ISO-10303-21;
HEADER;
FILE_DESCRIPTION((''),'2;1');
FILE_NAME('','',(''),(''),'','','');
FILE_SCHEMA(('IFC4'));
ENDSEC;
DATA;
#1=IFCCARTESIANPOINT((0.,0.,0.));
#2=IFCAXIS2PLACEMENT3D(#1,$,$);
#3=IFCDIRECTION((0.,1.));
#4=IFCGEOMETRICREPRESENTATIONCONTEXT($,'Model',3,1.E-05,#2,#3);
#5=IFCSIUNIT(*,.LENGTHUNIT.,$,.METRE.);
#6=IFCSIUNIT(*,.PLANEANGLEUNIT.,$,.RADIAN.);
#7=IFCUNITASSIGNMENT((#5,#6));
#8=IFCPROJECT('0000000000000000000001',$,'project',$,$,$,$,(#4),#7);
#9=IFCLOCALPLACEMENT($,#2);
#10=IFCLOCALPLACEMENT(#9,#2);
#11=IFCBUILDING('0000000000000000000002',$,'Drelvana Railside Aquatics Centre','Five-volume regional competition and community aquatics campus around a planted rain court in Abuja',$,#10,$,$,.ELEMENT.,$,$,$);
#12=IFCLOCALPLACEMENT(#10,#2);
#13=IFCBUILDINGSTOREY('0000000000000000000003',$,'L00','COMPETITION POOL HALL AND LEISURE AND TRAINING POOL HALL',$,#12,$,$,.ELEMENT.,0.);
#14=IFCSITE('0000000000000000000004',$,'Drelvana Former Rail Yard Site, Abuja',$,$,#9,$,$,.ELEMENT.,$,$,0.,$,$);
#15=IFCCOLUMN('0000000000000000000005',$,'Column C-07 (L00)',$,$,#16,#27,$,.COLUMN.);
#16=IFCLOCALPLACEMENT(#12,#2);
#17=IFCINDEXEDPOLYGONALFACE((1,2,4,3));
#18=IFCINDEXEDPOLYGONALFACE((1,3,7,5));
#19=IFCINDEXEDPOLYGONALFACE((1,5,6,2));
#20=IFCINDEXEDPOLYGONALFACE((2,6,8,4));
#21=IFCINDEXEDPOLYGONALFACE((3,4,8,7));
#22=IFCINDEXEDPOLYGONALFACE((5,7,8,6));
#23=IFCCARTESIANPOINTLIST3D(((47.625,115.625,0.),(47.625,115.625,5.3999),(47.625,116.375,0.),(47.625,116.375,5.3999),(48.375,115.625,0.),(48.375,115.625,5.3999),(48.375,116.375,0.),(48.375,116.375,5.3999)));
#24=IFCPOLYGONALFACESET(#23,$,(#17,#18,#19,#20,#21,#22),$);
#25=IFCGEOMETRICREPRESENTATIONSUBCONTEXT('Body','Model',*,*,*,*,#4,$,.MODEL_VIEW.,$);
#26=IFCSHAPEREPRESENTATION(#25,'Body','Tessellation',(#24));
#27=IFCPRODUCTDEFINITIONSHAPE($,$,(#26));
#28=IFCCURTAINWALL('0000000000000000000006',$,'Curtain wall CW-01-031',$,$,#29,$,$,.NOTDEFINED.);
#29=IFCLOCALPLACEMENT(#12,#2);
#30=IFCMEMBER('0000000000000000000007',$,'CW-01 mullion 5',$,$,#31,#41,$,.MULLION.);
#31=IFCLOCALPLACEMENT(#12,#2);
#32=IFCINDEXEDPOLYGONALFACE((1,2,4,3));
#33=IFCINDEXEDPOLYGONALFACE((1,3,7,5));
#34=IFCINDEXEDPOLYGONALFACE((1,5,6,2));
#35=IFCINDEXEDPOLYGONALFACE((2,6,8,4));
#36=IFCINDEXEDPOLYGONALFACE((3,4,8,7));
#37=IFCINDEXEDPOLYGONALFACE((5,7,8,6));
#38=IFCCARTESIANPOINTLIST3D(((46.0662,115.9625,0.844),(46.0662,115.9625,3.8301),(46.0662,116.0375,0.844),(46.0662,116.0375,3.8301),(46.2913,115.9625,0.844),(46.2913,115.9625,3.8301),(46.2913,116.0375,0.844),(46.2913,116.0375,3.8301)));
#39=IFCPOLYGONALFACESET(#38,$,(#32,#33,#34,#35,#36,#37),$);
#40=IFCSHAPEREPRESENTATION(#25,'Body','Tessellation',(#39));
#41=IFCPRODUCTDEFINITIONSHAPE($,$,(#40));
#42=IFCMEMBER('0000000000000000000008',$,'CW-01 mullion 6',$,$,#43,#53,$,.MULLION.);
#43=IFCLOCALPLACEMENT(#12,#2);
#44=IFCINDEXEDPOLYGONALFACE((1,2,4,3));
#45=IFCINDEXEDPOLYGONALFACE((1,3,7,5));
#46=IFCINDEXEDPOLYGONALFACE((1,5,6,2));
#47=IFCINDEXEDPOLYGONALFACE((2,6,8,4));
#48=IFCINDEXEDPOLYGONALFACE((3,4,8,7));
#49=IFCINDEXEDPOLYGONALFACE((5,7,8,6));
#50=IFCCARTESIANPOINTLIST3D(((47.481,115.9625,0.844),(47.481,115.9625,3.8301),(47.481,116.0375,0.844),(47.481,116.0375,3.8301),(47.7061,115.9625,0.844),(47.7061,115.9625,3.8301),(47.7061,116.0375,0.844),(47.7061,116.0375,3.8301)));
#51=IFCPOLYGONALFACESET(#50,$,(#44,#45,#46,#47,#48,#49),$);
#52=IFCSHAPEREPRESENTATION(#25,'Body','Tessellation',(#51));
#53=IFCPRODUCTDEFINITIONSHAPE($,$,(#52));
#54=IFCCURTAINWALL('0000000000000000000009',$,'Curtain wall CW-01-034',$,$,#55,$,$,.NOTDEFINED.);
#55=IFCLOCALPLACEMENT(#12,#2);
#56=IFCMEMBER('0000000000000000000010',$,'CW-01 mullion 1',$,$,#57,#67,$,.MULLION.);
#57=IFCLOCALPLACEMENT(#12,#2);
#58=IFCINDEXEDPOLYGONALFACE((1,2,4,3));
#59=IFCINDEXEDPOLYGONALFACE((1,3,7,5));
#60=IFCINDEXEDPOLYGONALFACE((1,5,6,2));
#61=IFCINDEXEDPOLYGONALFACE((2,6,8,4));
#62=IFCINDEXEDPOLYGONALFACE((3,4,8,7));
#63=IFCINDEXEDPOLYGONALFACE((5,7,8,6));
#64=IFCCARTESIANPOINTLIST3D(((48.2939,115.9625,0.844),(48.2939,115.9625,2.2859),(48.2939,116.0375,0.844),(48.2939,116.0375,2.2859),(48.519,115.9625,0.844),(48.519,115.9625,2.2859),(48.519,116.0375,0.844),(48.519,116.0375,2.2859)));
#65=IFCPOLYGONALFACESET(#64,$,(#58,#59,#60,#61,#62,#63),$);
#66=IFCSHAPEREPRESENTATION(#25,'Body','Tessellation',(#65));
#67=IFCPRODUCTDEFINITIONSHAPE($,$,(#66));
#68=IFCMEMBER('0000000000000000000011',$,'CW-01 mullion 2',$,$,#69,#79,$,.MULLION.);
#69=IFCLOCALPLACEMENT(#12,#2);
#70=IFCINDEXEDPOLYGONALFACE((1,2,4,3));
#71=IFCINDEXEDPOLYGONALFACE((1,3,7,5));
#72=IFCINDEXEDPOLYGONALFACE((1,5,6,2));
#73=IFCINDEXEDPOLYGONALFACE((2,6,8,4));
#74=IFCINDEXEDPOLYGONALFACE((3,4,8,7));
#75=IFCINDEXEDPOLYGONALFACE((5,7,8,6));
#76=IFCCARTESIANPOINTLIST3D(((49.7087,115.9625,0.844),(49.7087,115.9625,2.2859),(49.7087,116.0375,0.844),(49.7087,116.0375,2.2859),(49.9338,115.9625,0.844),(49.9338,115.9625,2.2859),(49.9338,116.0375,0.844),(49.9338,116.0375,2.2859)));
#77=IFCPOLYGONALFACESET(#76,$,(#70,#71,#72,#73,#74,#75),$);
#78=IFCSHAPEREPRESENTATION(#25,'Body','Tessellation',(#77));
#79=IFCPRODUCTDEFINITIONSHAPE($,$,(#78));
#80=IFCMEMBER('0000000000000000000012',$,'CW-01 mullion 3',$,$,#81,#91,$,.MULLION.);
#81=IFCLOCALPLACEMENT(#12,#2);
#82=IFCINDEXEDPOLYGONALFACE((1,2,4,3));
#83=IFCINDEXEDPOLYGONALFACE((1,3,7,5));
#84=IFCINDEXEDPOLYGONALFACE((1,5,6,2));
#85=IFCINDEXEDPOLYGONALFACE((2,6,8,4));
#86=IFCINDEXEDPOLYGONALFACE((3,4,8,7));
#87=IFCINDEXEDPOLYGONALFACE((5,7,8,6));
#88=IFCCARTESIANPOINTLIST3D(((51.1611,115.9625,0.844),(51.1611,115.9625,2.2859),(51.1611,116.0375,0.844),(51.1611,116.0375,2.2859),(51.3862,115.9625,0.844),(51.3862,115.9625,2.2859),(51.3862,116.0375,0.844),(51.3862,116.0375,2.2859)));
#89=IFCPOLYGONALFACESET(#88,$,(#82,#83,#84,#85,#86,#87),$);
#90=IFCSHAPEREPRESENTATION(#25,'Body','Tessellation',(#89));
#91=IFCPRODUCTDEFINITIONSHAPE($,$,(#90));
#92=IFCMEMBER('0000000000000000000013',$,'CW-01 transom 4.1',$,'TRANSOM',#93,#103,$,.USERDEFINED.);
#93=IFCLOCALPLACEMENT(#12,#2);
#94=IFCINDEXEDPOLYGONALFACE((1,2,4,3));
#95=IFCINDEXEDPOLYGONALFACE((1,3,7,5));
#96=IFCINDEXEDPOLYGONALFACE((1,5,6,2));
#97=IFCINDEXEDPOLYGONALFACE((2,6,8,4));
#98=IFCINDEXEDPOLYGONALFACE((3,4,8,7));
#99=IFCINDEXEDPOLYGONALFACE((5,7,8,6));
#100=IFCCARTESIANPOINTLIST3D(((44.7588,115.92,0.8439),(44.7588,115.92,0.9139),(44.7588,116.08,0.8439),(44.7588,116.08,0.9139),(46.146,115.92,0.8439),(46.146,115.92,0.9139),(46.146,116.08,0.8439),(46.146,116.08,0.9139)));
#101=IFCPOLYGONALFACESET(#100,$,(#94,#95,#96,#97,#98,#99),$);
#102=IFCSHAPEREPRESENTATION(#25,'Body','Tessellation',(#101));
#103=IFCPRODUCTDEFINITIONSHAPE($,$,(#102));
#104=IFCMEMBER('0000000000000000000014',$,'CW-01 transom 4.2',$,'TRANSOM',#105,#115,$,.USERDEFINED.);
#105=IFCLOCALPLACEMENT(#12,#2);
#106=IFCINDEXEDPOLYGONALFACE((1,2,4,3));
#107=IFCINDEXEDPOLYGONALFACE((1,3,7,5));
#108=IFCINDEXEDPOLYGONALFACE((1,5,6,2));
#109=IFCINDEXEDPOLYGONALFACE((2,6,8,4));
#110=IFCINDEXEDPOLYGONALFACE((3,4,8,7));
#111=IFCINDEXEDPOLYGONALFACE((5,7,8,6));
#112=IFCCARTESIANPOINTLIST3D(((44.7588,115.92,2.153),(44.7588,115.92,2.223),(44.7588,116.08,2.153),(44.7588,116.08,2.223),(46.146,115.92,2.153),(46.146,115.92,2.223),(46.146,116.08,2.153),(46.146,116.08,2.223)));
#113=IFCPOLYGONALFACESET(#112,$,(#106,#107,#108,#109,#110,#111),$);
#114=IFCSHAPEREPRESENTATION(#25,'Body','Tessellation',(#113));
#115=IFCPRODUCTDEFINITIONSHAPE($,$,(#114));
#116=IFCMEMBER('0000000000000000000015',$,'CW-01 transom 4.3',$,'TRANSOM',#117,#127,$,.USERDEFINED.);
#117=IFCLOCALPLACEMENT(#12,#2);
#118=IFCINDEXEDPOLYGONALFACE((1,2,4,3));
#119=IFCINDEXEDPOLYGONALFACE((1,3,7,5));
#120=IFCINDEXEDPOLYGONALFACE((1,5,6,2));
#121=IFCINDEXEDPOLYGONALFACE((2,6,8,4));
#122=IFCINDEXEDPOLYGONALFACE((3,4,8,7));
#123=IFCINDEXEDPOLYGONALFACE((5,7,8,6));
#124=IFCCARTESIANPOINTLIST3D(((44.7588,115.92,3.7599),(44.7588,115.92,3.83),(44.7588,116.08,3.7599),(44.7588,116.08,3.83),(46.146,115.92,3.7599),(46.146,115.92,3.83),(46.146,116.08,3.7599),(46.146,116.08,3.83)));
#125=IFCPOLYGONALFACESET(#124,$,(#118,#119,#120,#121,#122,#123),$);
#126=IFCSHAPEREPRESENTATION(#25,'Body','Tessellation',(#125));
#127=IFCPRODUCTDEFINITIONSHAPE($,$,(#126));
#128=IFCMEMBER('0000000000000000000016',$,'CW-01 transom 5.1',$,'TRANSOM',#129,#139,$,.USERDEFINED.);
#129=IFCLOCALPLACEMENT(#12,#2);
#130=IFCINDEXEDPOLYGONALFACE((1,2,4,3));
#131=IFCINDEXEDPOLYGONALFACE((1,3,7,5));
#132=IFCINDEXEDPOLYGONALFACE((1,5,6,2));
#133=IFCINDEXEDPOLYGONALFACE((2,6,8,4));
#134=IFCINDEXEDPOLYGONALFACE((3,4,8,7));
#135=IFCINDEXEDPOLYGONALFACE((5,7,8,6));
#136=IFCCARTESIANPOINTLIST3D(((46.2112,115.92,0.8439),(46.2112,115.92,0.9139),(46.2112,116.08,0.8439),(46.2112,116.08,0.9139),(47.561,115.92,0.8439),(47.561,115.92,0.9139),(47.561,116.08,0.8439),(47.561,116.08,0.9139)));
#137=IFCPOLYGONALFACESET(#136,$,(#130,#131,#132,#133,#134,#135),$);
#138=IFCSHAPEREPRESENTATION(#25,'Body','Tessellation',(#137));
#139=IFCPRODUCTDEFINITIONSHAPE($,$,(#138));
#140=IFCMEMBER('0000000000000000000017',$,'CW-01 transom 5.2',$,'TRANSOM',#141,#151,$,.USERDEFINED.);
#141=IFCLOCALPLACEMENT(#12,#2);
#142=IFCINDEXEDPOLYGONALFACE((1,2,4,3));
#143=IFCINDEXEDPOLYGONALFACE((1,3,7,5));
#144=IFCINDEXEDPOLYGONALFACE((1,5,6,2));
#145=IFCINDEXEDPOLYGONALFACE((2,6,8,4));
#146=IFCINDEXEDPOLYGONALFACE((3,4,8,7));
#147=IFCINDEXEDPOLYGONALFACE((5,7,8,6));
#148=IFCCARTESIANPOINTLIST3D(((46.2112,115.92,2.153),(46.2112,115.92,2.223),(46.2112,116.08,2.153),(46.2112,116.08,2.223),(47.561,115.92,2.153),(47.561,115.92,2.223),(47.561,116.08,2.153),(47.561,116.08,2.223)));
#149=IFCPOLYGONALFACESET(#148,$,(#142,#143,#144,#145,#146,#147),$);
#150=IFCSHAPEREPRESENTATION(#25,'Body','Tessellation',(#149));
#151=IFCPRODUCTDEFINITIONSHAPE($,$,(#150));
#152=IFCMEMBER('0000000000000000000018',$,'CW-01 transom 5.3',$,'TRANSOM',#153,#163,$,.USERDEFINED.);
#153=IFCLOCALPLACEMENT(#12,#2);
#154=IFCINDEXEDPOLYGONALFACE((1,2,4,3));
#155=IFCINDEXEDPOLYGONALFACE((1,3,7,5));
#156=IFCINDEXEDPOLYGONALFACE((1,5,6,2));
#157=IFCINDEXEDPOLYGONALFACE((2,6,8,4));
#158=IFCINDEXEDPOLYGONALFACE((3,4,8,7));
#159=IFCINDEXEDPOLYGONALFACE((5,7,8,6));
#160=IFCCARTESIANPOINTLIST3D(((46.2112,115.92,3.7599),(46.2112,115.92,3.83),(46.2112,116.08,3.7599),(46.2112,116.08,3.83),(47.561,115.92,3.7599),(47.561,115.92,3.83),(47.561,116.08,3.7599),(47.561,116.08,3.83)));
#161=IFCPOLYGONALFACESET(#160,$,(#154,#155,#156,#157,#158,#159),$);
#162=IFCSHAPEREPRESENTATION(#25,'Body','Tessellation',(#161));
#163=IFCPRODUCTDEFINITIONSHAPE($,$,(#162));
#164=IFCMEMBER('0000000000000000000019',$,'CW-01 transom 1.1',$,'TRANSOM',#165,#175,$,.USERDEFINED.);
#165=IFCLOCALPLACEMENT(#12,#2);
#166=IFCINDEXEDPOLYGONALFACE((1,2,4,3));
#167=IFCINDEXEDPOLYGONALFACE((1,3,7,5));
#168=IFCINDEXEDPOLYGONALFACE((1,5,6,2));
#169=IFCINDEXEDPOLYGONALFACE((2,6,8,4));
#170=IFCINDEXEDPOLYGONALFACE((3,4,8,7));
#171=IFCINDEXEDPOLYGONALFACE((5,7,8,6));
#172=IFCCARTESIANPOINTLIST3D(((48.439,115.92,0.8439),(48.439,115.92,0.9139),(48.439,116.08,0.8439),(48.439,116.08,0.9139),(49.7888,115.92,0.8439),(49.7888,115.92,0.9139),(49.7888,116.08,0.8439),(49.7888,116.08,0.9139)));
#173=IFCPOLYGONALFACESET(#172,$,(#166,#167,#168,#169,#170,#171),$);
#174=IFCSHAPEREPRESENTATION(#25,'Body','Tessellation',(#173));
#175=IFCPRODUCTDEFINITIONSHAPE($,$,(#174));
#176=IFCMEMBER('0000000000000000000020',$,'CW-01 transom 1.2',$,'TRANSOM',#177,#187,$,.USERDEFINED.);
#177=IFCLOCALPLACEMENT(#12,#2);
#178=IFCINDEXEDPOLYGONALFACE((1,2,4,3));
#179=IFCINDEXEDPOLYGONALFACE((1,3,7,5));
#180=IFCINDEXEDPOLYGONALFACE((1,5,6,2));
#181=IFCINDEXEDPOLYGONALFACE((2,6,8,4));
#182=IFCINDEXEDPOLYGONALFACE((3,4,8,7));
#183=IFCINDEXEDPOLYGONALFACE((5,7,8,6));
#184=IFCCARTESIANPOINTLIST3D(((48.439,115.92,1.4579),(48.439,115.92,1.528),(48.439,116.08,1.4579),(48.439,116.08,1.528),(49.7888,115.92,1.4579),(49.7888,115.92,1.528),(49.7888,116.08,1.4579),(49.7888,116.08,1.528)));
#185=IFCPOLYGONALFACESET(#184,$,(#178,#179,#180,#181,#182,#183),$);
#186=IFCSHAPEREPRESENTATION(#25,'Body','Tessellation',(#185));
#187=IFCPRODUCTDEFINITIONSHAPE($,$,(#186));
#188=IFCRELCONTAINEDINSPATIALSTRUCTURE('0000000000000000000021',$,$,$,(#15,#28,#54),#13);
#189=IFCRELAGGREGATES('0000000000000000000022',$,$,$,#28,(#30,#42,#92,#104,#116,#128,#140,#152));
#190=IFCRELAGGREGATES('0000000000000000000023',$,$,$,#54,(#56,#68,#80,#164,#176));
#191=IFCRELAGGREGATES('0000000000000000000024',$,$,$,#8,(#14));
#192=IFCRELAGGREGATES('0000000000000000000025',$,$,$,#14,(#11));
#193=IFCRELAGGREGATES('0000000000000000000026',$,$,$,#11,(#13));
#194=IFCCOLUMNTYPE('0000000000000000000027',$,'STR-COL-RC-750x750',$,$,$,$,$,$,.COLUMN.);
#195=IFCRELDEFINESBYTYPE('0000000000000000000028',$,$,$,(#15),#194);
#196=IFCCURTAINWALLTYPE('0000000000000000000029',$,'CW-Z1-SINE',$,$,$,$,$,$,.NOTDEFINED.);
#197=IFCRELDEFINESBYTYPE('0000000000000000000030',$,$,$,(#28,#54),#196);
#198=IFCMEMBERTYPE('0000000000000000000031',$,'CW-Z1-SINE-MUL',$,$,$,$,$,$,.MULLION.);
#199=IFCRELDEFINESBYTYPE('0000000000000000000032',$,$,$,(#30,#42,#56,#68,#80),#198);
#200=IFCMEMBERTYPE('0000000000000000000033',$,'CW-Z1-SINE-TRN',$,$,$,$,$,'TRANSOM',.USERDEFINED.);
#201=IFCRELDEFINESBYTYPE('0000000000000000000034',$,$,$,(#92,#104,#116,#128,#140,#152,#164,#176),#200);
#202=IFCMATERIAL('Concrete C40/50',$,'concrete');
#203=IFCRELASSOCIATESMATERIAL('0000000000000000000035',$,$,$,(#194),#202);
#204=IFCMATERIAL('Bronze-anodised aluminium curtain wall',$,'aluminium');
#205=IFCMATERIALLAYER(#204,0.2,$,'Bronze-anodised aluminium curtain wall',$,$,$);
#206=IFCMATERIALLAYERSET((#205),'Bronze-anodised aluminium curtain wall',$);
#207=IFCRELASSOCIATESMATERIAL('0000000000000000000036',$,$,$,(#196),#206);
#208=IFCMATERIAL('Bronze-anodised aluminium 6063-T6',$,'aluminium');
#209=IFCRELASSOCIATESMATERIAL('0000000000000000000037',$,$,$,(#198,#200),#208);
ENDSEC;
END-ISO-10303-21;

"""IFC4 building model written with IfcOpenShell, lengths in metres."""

from ifc_helpers import new_model, si_unit, direction, frame, origin, origin_2d, place, context, subcontext, project, spatial, rectangle, extrude, material, layer, layer_set, material_profile, profile_set, type_object, element, aggregate, save


model = new_model("IFC4")

# Units and contexts
model_context = context("Model", 3, precision=1e-05, world=origin(), true_north=direction((0.0, 1.0)))
body_context = subcontext(model_context, "Body", "Model", "MODEL_VIEW")
ifc_project = project(units=[si_unit("LENGTHUNIT", "METRE"), si_unit("PLANEANGLEUNIT", "RADIAN")], contexts=[model_context])

# Site, building, storey
site_placement = place(None, origin())
site = spatial("IfcSite", under=ifc_project, at=site_placement, Name="Drelvana Former Rail Yard Site, Abuja", CompositionType="ELEMENT", RefElevation=0.0)
building_placement = place(site_placement, origin())
building = spatial("IfcBuilding", under=site, at=building_placement, Name="Drelvana Railside Aquatics Centre", Description="Five-volume regional competition and community aquatics campus around a planted rain court in Abuja", CompositionType="ELEMENT")
storey_placement = place(building_placement, origin())
storey = spatial("IfcBuildingStorey", under=building, at=storey_placement, Name="L00", Description="COMPETITION POOL HALL AND LEISURE AND TRAINING POOL HALL", CompositionType="ELEMENT", Elevation=0.0)

# Column
ifc_material_1 = material(Name="Concrete C40/50", Category="concrete")
ifc_material_profile_1 = material_profile(ifc_material_1, rectangle(XDim=0.75, YDim=0.75, at=origin_2d()), Name="RC 750x750")
ifc_profile_set_1 = profile_set([ifc_material_profile_1], Name="Concrete C40/50")
column_type = type_object("IfcColumnType", Name="STR-COL-RC-750x750", PredefinedType="COLUMN", material=ifc_profile_set_1)
column_placement = place(storey_placement, frame((48.0, 116.0, 0.0), z_axis=(0.0, 0.0, 1.0), x_axis=(1.0, 0.0, 0.0)))
element("IfcColumn", 1, at=column_placement, inside=storey, type_object=column_type, Name="Column C-07 (L00)", PredefinedType="COLUMN", context=body_context, shape_type="SweptSolid", body=[
    extrude(rectangle(XDim=0.75, YDim=0.75, at=origin_2d()), origin(), (0.0, 0.0, 1.0), 5.3999),
])

# Curtain walls, members
ifc_material_2 = material(Name="Bronze-anodised aluminium curtain wall", Category="aluminium")
ifc_layer_1 = layer(ifc_material_2, 0.2, Name="Bronze-anodised aluminium curtain wall")
ifc_layer_set_1 = layer_set([ifc_layer_1], Name="Bronze-anodised aluminium curtain wall")
curtain_wall_type = type_object("IfcCurtainWallType", Name="CW-Z1-SINE", PredefinedType="NOTDEFINED", material=ifc_layer_set_1)
curtain_wall_1_placement = place(storey_placement, origin())
curtain_wall_1 = element("IfcCurtainWall", 2, at=curtain_wall_1_placement, inside=storey, type_object=curtain_wall_type, Name="Curtain wall CW-01-031", PredefinedType="NOTDEFINED")
ifc_material_3 = material(Name="Bronze-anodised aluminium 6063-T6", Category="aluminium")
ifc_material_profile_2 = material_profile(ifc_material_3, rectangle(XDim=0.075, YDim=0.2251, at=origin_2d()), Name="ALU-M 75x225")
ifc_profile_set_2 = profile_set([ifc_material_profile_2], Name="Bronze-anodised aluminium 6063-T6")
member_type_1 = type_object("IfcMemberType", Name="CW-Z1-SINE-MUL", PredefinedType="MULLION", material=ifc_profile_set_2)
member_1_placement = place(storey_placement, frame((46.1787, 116.0, 0.844), z_axis=(0.0, 0.0, 1.0), x_axis=(0.0, 1.0, 0.0)))
member_1 = element("IfcMember", 3, at=member_1_placement, type_object=member_type_1, Name="CW-01 mullion 5", PredefinedType="MULLION", context=body_context, shape_type="SweptSolid", body=[
    extrude(rectangle(XDim=0.075, YDim=0.2251, at=origin_2d()), origin(), (0.0, 0.0, 1.0), 2.9861),
])
member_2_placement = place(storey_placement, frame((47.5935, 116.0, 0.844), z_axis=(0.0, 0.0, 1.0), x_axis=(0.0, 1.0, 0.0)))
member_2 = element("IfcMember", 4, at=member_2_placement, type_object=member_type_1, Name="CW-01 mullion 6", PredefinedType="MULLION", context=body_context, shape_type="SweptSolid", body=[
    extrude(rectangle(XDim=0.075, YDim=0.2251, at=origin_2d()), origin(), (0.0, 0.0, 1.0), 2.9861),
])
curtain_wall_2_placement = place(storey_placement, origin())
curtain_wall_2 = element("IfcCurtainWall", 5, at=curtain_wall_2_placement, inside=storey, type_object=curtain_wall_type, Name="Curtain wall CW-01-034", PredefinedType="NOTDEFINED")
member_3_placement = place(storey_placement, frame((48.4065, 116.0, 0.844), z_axis=(0.0, 0.0, 1.0), x_axis=(0.0, 1.0, 0.0)))
member_3 = element("IfcMember", 6, at=member_3_placement, type_object=member_type_1, Name="CW-01 mullion 1", PredefinedType="MULLION", context=body_context, shape_type="SweptSolid", body=[
    extrude(rectangle(XDim=0.075, YDim=0.2251, at=origin_2d()), origin(), (0.0, 0.0, 1.0), 1.4419),
])
member_4_placement = place(storey_placement, frame((49.8213, 116.0, 0.844), z_axis=(0.0, 0.0, 1.0), x_axis=(0.0, 1.0, 0.0)))
member_4 = element("IfcMember", 7, at=member_4_placement, type_object=member_type_1, Name="CW-01 mullion 2", PredefinedType="MULLION", context=body_context, shape_type="SweptSolid", body=[
    extrude(rectangle(XDim=0.075, YDim=0.2251, at=origin_2d()), origin(), (0.0, 0.0, 1.0), 1.4419),
])
member_5_placement = place(storey_placement, frame((51.2737, 116.0, 0.844), z_axis=(0.0, 0.0, 1.0), x_axis=(0.0, 1.0, 0.0)))
member_5 = element("IfcMember", 8, at=member_5_placement, type_object=member_type_1, Name="CW-01 mullion 3", PredefinedType="MULLION", context=body_context, shape_type="SweptSolid", body=[
    extrude(rectangle(XDim=0.075, YDim=0.2251, at=origin_2d()), origin(), (0.0, 0.0, 1.0), 1.4419),
])

# Members
ifc_material_profile_3 = material_profile(ifc_material_3, rectangle(XDim=0.1599, YDim=0.0701, at=origin_2d()), Name="ALU-T 70x160")
ifc_profile_set_3 = profile_set([ifc_material_profile_3], Name="Bronze-anodised aluminium 6063-T6")
member_type_2 = type_object("IfcMemberType", Name="CW-Z1-SINE-TRN", ElementType="TRANSOM", PredefinedType="USERDEFINED", material=ifc_profile_set_3)
member_6_placement = place(storey_placement, frame((44.7588, 116.0, 0.8789), z_axis=(1.0, 0.0, 0.0), x_axis=(0.0, 1.0, 0.0)))
member_6 = element("IfcMember", 9, at=member_6_placement, type_object=member_type_2, Name="CW-01 transom 4.1", ObjectType="TRANSOM", PredefinedType="USERDEFINED", context=body_context, shape_type="SweptSolid", body=[
    extrude(rectangle(XDim=0.1599, YDim=0.0701, at=origin_2d()), origin(), (0.0, 0.0, 1.0), 1.3872),
])
member_7_placement = place(storey_placement, frame((44.7588, 116.0, 2.188), z_axis=(1.0, 0.0, 0.0), x_axis=(0.0, 1.0, 0.0)))
member_7 = element("IfcMember", 10, at=member_7_placement, type_object=member_type_2, Name="CW-01 transom 4.2", ObjectType="TRANSOM", PredefinedType="USERDEFINED", context=body_context, shape_type="SweptSolid", body=[
    extrude(rectangle(XDim=0.1599, YDim=0.0701, at=origin_2d()), origin(), (0.0, 0.0, 1.0), 1.3872),
])
member_8_placement = place(storey_placement, frame((44.7588, 116.0, 3.7949), z_axis=(1.0, 0.0, 0.0), x_axis=(0.0, 1.0, 0.0)))
member_8 = element("IfcMember", 11, at=member_8_placement, type_object=member_type_2, Name="CW-01 transom 4.3", ObjectType="TRANSOM", PredefinedType="USERDEFINED", context=body_context, shape_type="SweptSolid", body=[
    extrude(rectangle(XDim=0.1599, YDim=0.0701, at=origin_2d()), origin(), (0.0, 0.0, 1.0), 1.3872),
])
member_9_placement = place(storey_placement, frame((46.2112, 116.0, 0.8789), z_axis=(1.0, 0.0, 0.0), x_axis=(0.0, 1.0, 0.0)))
member_9 = element("IfcMember", 12, at=member_9_placement, type_object=member_type_2, Name="CW-01 transom 5.1", ObjectType="TRANSOM", PredefinedType="USERDEFINED", context=body_context, shape_type="SweptSolid", body=[
    extrude(rectangle(XDim=0.1599, YDim=0.0701, at=origin_2d()), origin(), (0.0, 0.0, 1.0), 1.3499),
])
member_10_placement = place(storey_placement, frame((46.2112, 116.0, 2.188), z_axis=(1.0, 0.0, 0.0), x_axis=(0.0, 1.0, 0.0)))
member_10 = element("IfcMember", 13, at=member_10_placement, type_object=member_type_2, Name="CW-01 transom 5.2", ObjectType="TRANSOM", PredefinedType="USERDEFINED", context=body_context, shape_type="SweptSolid", body=[
    extrude(rectangle(XDim=0.1599, YDim=0.0701, at=origin_2d()), origin(), (0.0, 0.0, 1.0), 1.3499),
])
member_11_placement = place(storey_placement, frame((46.2112, 116.0, 3.7949), z_axis=(1.0, 0.0, 0.0), x_axis=(0.0, 1.0, 0.0)))
member_11 = element("IfcMember", 14, at=member_11_placement, type_object=member_type_2, Name="CW-01 transom 5.3", ObjectType="TRANSOM", PredefinedType="USERDEFINED", context=body_context, shape_type="SweptSolid", body=[
    extrude(rectangle(XDim=0.1599, YDim=0.0701, at=origin_2d()), origin(), (0.0, 0.0, 1.0), 1.3499),
])
member_12_placement = place(storey_placement, frame((48.439, 116.0, 0.8789), z_axis=(1.0, 0.0, 0.0), x_axis=(0.0, 1.0, 0.0)))
member_12 = element("IfcMember", 15, at=member_12_placement, type_object=member_type_2, Name="CW-01 transom 1.1", ObjectType="TRANSOM", PredefinedType="USERDEFINED", context=body_context, shape_type="SweptSolid", body=[
    extrude(rectangle(XDim=0.1599, YDim=0.0701, at=origin_2d()), origin(), (0.0, 0.0, 1.0), 1.3499),
])
member_13_placement = place(storey_placement, frame((48.439, 116.0, 1.4929), z_axis=(1.0, 0.0, 0.0), x_axis=(0.0, 1.0, 0.0)))
member_13 = element("IfcMember", 16, at=member_13_placement, type_object=member_type_2, Name="CW-01 transom 1.2", ObjectType="TRANSOM", PredefinedType="USERDEFINED", context=body_context, shape_type="SweptSolid", body=[
    extrude(rectangle(XDim=0.1599, YDim=0.0701, at=origin_2d()), origin(), (0.0, 0.0, 1.0), 1.3499),
])

aggregate(curtain_wall_1, [member_1, member_2, member_6, member_7, member_8, member_9, member_10, member_11])
aggregate(curtain_wall_2, [member_3, member_4, member_5, member_12, member_13])

save(model, "model.ifc")
